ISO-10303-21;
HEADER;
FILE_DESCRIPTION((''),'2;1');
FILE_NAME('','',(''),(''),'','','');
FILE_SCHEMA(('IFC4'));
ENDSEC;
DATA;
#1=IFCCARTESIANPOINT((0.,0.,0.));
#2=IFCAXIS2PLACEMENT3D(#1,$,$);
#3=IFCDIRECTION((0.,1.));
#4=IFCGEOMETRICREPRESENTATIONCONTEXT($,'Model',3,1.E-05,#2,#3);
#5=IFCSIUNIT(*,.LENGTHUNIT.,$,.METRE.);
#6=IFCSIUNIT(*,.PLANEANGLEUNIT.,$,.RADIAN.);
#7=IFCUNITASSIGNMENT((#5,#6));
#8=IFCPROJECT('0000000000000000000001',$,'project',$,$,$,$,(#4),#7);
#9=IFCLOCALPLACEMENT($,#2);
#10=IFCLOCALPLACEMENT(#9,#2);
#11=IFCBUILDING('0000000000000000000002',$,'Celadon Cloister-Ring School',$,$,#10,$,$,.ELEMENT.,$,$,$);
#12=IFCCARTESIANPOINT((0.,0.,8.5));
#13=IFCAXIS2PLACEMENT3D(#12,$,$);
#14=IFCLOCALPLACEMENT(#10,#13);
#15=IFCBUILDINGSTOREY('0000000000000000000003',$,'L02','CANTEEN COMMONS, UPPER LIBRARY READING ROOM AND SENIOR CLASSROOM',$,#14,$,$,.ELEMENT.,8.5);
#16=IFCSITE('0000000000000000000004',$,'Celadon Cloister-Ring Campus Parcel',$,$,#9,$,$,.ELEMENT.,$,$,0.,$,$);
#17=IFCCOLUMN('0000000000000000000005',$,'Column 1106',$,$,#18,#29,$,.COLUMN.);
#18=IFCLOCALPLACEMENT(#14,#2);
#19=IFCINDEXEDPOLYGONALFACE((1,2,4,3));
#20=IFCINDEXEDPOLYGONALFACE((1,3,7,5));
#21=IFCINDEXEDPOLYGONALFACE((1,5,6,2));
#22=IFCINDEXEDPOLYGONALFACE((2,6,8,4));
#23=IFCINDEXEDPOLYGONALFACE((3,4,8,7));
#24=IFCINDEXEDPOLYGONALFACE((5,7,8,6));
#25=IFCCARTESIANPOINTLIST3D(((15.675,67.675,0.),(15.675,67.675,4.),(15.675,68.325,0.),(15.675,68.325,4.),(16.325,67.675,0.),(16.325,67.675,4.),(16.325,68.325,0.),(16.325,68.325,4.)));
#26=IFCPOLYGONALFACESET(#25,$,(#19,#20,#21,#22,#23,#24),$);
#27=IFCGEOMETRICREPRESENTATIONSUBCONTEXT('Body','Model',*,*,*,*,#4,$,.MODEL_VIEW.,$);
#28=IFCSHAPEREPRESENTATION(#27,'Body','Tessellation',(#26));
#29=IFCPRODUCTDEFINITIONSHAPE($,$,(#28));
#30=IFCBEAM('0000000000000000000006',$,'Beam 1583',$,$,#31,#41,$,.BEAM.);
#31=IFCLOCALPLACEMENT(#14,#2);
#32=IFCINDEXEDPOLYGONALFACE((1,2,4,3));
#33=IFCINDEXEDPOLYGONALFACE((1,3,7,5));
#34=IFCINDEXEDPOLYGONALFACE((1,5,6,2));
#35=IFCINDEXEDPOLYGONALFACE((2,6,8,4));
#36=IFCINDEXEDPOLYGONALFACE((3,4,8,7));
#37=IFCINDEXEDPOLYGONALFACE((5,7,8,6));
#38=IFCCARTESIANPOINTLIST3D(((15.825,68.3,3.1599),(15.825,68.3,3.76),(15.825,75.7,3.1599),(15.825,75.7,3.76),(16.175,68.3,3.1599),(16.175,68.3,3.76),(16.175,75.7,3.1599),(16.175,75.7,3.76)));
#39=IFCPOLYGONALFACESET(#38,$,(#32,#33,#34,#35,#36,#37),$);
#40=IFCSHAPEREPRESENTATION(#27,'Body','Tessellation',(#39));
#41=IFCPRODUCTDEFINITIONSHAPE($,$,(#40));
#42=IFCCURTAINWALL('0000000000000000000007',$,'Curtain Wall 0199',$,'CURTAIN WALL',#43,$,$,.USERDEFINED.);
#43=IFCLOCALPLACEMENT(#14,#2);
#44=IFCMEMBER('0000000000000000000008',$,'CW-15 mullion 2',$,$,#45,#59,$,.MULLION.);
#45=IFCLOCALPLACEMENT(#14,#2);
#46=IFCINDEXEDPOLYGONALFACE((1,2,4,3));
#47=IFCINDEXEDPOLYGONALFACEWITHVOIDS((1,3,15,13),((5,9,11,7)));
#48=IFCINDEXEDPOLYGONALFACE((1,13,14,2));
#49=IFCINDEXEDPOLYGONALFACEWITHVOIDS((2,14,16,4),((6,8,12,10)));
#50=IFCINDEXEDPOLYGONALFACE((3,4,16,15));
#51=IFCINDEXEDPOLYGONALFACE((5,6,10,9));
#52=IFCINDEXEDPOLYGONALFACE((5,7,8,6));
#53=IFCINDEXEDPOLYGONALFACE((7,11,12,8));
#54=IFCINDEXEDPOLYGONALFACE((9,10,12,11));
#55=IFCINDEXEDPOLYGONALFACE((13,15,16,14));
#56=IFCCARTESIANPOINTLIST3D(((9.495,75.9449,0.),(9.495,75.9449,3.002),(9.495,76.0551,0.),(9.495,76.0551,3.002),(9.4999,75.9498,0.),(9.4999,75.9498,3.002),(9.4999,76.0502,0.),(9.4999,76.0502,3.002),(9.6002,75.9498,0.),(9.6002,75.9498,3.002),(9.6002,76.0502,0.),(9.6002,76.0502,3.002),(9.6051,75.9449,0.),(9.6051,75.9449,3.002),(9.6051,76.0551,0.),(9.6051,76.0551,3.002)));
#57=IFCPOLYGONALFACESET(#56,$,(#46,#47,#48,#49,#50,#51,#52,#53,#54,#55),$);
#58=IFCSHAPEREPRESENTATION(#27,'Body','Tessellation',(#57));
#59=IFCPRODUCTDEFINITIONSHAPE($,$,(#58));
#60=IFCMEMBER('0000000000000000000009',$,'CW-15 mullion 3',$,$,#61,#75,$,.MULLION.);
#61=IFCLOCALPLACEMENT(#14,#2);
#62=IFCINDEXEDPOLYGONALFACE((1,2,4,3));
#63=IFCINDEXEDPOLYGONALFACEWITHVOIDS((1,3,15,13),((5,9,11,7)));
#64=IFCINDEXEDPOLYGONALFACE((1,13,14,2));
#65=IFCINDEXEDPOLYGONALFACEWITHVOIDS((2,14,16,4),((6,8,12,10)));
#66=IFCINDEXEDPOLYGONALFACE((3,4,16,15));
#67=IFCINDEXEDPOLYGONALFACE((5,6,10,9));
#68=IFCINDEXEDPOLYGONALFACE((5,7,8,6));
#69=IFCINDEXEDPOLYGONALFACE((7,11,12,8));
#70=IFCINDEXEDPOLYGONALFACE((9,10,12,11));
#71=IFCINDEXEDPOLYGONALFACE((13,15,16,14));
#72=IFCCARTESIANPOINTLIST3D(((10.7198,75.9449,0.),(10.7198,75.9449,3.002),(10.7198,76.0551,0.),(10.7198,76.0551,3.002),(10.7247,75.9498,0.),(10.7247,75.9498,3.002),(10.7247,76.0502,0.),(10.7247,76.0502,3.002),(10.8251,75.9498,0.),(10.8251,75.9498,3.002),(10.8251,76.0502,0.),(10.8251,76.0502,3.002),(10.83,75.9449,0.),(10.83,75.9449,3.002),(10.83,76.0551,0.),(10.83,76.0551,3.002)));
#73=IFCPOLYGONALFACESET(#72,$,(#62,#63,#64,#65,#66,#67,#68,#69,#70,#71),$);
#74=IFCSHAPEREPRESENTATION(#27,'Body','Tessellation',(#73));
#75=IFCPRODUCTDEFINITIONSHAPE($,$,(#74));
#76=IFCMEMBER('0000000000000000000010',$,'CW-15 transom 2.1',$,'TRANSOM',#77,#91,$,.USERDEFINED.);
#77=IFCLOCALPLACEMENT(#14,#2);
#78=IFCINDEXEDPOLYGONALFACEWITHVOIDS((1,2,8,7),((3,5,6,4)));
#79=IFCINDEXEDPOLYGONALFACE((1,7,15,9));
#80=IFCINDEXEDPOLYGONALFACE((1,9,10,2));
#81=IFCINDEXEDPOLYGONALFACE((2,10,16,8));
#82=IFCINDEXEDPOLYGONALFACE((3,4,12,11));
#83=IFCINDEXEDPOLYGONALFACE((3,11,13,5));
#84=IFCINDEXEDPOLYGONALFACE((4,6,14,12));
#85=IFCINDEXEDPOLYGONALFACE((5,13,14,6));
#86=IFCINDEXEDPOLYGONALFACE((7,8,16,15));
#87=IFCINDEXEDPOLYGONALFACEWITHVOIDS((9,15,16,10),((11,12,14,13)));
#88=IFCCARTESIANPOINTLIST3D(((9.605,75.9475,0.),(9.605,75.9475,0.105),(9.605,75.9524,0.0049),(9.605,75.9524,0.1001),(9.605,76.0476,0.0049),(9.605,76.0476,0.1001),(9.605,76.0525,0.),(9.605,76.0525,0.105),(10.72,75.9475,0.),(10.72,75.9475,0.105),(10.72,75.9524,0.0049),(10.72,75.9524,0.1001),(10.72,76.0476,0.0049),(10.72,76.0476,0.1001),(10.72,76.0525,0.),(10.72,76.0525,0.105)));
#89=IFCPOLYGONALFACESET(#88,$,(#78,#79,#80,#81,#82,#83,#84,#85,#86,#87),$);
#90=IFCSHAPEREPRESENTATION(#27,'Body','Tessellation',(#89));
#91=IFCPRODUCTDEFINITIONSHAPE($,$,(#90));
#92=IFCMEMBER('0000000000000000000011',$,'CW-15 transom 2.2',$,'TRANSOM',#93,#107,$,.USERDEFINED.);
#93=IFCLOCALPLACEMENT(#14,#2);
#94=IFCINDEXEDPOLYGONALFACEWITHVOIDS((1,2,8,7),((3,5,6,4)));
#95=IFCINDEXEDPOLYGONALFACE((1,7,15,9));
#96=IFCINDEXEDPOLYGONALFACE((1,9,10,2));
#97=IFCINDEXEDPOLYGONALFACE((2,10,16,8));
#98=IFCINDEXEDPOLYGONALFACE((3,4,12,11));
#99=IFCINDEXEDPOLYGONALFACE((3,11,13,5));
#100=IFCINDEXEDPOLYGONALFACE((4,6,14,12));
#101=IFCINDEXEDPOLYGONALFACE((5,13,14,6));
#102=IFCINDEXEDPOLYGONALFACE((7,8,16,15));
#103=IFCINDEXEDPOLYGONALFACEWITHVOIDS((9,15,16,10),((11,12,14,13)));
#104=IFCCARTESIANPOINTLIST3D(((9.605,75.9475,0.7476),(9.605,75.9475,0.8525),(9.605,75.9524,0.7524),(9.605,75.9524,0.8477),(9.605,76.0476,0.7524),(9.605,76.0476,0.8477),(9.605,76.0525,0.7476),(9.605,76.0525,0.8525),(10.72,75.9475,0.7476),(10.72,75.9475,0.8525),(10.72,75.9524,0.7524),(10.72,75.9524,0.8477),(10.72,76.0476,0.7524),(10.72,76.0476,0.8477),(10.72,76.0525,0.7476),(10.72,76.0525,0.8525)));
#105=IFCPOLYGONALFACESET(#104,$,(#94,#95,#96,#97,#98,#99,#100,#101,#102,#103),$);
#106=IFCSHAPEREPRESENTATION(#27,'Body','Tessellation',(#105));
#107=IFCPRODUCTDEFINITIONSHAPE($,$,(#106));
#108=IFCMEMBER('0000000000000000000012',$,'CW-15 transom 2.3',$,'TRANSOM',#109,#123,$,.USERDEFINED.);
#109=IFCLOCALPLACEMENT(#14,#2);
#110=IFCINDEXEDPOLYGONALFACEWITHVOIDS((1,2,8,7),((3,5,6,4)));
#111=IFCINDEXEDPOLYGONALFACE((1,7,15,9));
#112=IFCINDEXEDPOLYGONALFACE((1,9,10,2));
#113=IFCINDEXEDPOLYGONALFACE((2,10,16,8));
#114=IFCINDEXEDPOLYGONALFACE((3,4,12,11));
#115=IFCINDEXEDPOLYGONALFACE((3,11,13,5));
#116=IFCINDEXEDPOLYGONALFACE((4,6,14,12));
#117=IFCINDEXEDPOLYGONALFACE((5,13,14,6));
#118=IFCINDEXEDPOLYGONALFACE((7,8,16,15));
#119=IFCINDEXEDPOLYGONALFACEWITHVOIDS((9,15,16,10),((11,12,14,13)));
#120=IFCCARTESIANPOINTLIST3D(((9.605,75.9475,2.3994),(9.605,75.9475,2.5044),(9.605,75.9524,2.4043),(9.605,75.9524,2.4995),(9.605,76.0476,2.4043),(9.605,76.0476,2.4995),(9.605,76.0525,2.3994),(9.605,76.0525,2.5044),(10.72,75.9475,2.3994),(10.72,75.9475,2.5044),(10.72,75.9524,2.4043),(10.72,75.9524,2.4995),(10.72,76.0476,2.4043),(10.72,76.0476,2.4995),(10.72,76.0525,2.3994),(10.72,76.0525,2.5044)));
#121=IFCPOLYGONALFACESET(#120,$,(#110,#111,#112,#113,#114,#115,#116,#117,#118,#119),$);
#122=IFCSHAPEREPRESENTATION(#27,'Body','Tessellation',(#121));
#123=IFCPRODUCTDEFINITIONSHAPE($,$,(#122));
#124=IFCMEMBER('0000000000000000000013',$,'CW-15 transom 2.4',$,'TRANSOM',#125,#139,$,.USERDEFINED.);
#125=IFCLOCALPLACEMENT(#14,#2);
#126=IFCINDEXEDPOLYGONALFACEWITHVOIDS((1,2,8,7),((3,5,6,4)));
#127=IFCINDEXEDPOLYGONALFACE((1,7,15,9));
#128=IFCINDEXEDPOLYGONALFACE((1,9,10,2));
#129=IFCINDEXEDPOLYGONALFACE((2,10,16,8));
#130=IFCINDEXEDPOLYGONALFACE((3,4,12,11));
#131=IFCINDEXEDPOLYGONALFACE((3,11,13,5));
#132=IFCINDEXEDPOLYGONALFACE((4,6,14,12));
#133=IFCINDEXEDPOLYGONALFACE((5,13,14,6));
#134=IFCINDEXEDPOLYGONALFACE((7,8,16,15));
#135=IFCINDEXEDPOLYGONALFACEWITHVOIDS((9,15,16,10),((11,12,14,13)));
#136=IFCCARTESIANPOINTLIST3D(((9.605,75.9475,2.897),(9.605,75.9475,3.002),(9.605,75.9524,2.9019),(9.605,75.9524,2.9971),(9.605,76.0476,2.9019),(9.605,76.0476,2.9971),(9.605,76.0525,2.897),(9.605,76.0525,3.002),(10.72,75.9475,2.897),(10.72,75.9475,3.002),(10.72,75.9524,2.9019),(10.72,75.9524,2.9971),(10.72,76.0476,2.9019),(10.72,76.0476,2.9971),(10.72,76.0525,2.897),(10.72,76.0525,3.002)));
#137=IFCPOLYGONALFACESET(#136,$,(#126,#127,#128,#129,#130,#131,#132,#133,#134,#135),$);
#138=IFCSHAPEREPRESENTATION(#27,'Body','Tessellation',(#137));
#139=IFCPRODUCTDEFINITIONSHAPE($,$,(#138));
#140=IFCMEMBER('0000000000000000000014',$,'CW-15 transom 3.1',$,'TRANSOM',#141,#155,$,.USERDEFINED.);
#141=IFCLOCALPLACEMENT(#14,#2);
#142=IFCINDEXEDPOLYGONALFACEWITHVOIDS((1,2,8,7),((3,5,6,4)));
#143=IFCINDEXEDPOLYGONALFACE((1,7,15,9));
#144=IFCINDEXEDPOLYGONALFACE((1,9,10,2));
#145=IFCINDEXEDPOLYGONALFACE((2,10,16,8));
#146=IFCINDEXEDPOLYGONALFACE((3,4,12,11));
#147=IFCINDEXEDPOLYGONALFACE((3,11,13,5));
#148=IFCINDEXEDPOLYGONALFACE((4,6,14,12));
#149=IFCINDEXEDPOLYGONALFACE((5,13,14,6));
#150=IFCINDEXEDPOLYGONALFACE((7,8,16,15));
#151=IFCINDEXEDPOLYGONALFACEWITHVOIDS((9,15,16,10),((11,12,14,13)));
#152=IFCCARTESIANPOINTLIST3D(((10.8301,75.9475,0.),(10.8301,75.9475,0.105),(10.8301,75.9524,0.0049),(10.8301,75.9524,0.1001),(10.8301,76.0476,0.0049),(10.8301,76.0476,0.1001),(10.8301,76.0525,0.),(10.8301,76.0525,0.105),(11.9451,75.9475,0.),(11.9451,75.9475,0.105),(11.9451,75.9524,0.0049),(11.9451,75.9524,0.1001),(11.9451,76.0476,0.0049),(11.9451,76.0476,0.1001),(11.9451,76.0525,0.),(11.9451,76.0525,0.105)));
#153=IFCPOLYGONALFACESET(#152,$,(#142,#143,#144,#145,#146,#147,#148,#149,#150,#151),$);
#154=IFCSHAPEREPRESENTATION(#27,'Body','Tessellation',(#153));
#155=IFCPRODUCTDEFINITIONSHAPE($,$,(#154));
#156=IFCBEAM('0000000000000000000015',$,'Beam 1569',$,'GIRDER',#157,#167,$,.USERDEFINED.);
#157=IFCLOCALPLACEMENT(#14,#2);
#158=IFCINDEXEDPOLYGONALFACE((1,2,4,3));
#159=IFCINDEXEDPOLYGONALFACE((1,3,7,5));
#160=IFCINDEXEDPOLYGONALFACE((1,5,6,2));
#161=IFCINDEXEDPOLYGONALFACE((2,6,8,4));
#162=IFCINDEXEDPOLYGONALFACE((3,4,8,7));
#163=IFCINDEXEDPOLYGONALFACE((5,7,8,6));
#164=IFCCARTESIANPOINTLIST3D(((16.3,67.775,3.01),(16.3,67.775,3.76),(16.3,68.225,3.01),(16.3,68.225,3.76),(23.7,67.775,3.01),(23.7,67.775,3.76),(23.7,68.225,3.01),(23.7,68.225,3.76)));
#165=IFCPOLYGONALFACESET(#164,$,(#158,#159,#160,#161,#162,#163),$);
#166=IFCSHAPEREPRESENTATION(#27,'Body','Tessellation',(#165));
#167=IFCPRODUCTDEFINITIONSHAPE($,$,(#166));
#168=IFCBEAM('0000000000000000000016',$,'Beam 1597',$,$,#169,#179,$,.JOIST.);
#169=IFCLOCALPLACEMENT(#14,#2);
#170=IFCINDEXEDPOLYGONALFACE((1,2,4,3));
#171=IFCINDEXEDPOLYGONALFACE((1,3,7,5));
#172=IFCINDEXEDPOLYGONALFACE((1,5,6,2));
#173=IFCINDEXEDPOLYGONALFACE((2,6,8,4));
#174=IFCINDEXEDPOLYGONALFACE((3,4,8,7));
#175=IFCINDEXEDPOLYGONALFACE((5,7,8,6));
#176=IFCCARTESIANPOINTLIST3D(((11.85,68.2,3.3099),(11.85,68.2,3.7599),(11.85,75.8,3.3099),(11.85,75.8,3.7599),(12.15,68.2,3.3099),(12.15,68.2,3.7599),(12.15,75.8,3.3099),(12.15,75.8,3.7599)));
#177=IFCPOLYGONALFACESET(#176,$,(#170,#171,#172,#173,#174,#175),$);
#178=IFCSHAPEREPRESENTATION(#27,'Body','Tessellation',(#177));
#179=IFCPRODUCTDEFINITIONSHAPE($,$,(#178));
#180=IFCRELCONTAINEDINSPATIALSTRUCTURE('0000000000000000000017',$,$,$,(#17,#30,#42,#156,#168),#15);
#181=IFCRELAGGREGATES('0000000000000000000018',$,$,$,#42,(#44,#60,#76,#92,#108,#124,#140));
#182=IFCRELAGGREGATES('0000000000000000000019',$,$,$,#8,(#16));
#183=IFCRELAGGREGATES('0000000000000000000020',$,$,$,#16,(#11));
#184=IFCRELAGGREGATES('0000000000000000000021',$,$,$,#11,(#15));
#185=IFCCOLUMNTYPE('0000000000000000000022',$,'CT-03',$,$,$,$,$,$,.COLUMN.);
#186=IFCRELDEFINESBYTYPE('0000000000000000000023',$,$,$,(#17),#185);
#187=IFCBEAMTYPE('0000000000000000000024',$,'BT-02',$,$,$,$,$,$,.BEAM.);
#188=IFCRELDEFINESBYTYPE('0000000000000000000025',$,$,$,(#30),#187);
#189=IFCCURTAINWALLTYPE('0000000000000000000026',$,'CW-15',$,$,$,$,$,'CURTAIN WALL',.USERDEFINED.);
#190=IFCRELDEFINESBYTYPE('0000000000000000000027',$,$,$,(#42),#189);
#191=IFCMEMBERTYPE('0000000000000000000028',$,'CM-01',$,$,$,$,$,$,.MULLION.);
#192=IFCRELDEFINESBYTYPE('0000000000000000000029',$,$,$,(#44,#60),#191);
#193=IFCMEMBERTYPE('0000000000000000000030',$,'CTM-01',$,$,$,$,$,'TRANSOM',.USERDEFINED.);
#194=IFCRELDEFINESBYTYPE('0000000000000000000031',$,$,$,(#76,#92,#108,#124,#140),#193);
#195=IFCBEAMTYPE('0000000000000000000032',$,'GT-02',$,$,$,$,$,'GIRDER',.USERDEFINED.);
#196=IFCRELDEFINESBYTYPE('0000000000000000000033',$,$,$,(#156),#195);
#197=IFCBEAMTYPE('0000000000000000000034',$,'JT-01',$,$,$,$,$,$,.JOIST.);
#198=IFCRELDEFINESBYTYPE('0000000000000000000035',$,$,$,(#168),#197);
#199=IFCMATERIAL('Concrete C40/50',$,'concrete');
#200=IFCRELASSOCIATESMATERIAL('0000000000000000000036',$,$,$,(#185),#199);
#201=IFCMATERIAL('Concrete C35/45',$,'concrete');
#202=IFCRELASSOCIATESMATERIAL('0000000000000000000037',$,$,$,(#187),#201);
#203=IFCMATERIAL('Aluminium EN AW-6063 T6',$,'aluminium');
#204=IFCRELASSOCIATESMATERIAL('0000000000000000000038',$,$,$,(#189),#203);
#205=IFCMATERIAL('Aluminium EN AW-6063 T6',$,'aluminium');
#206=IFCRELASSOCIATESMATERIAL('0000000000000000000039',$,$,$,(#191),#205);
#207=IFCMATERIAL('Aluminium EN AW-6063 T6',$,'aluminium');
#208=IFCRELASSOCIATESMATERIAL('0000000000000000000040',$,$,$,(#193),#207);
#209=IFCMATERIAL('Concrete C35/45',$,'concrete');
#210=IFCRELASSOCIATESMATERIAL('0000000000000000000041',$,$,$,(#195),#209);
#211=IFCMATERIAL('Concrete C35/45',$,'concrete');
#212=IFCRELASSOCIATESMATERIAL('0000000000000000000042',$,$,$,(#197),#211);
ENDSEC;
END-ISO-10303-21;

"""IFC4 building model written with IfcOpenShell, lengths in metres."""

from ifc_helpers import new_model, si_unit, direction, frame, origin, origin_2d, place, context, subcontext, project, spatial, rectangle, hollow_rectangle, extrude, material, material_profile, profile_set, type_object, element, aggregate, save


model = new_model("IFC4")

# Units and contexts
model_context = context("Model", 3, precision=1e-05, world=origin(), true_north=direction((0.0, 1.0)))
body_context = subcontext(model_context, "Body", "Model", "MODEL_VIEW")
ifc_project = project(units=[si_unit("LENGTHUNIT", "METRE"), si_unit("PLANEANGLEUNIT", "RADIAN")], contexts=[model_context])

# Site, building, storey
site_placement = place(None, origin())
site = spatial("IfcSite", under=ifc_project, at=site_placement, Name="Celadon Cloister-Ring Campus Parcel", CompositionType="ELEMENT", RefElevation=0.0)
building_placement = place(site_placement, origin())
building = spatial("IfcBuilding", under=site, at=building_placement, Name="Celadon Cloister-Ring School", CompositionType="ELEMENT")
storey_placement = place(building_placement, frame((0.0, 0.0, 8.5)))
storey = spatial("IfcBuildingStorey", under=building, at=storey_placement, Name="L02", Description="CANTEEN COMMONS, UPPER LIBRARY READING ROOM AND SENIOR CLASSROOM", CompositionType="ELEMENT", Elevation=8.5)

# Column
ifc_material_1 = material(Name="Concrete C40/50", Category="concrete")
ifc_material_profile_1 = material_profile(ifc_material_1, rectangle(XDim=0.6499, YDim=0.6499, at=origin_2d()), Name="RC650X650")
ifc_profile_set_1 = profile_set([ifc_material_profile_1], Name="Concrete C40/50")
column_type = type_object("IfcColumnType", Name="CT-03", PredefinedType="COLUMN", material=ifc_profile_set_1)
column_placement = place(storey_placement, frame((16.0, 68.0, 0.0), z_axis=(0.0, 0.0, 1.0), x_axis=(1.0, 0.0, 0.0)))
element("IfcColumn", 1, at=column_placement, inside=storey, type_object=column_type, Name="Column 1106", PredefinedType="COLUMN", context=body_context, shape_type="SweptSolid", body=[
    extrude(rectangle(XDim=0.6499, YDim=0.6499, at=origin_2d()), origin(), (0.0, 0.0, 1.0), 4.0),
])

# Beam
ifc_material_2 = material(Name="Concrete C35/45", Category="concrete")
ifc_material_profile_2 = material_profile(ifc_material_2, rectangle(XDim=0.3501, YDim=0.6001, at=origin_2d()), Name="RC350X600")
ifc_profile_set_2 = profile_set([ifc_material_profile_2], Name="Concrete C35/45")
beam_type_1 = type_object("IfcBeamType", Name="BT-02", PredefinedType="BEAM", material=ifc_profile_set_2)
beam_1_placement = place(storey_placement, frame((16.0, 68.3, 3.46), z_axis=(0.0, 1.0, 0.0), x_axis=(-1.0, 0.0, 0.0)))
element("IfcBeam", 2, at=beam_1_placement, inside=storey, type_object=beam_type_1, Name="Beam 1583", PredefinedType="BEAM", context=body_context, shape_type="SweptSolid", body=[
    extrude(rectangle(XDim=0.3501, YDim=0.6001, at=origin_2d()), origin(), (0.0, 0.0, 1.0), 7.3999),
])

# Curtain wall, members
ifc_material_3 = material(Name="Aluminium EN AW-6063 T6", Category="aluminium")
curtain_wall_type = type_object("IfcCurtainWallType", Name="CW-15", ElementType="CURTAIN WALL", PredefinedType="USERDEFINED", material=ifc_material_3)
curtain_wall_placement = place(storey_placement, origin())
curtain_wall = element("IfcCurtainWall", 3, at=curtain_wall_placement, inside=storey, type_object=curtain_wall_type, Name="Curtain Wall 0199", ObjectType="CURTAIN WALL", PredefinedType="USERDEFINED")
ifc_material_4 = material(Name="Aluminium EN AW-6063 T6", Category="aluminium")
ifc_material_profile_3 = material_profile(ifc_material_4, hollow_rectangle(XDim=0.1101, YDim=0.1101, WallThickness=0.0049, at=origin_2d()), Name="RHS110X110X5")
ifc_profile_set_3 = profile_set([ifc_material_profile_3], Name="Aluminium EN AW-6063 T6")
member_type_1 = type_object("IfcMemberType", Name="CM-01", PredefinedType="MULLION", material=ifc_profile_set_3)
member_1_placement = place(storey_placement, frame((9.55, 76.0, 0.0), z_axis=(0.0, 0.0, 1.0), x_axis=(0.0, 1.0, 0.0)))
member_1 = element("IfcMember", 4, at=member_1_placement, type_object=member_type_1, Name="CW-15 mullion 2", PredefinedType="MULLION", context=body_context, shape_type="SweptSolid", body=[
    extrude(hollow_rectangle(XDim=0.1101, YDim=0.1101, WallThickness=0.0049, at=origin_2d()), origin(), (0.0, 0.0, 1.0), 3.002),
])
member_2_placement = place(storey_placement, frame((10.7749, 76.0, 0.0), z_axis=(0.0, 0.0, 1.0), x_axis=(0.0, 1.0, 0.0)))
member_2 = element("IfcMember", 5, at=member_2_placement, type_object=member_type_1, Name="CW-15 mullion 3", PredefinedType="MULLION", context=body_context, shape_type="SweptSolid", body=[
    extrude(hollow_rectangle(XDim=0.1101, YDim=0.1101, WallThickness=0.0049, at=origin_2d()), origin(), (0.0, 0.0, 1.0), 3.002),
])
ifc_material_5 = material(Name="Aluminium EN AW-6063 T6", Category="aluminium")
ifc_material_profile_4 = material_profile(ifc_material_5, hollow_rectangle(XDim=0.105, YDim=0.105, WallThickness=0.0049, at=origin_2d()), Name="RHS105X105X5")
ifc_profile_set_4 = profile_set([ifc_material_profile_4], Name="Aluminium EN AW-6063 T6")
member_type_2 = type_object("IfcMemberType", Name="CTM-01", ElementType="TRANSOM", PredefinedType="USERDEFINED", material=ifc_profile_set_4)
member_3_placement = place(storey_placement, frame((9.605, 76.0, 0.0525), z_axis=(1.0, 0.0, 0.0), x_axis=(0.0, 1.0, 0.0)))
member_3 = element("IfcMember", 6, at=member_3_placement, type_object=member_type_2, Name="CW-15 transom 2.1", ObjectType="TRANSOM", PredefinedType="USERDEFINED", context=body_context, shape_type="SweptSolid", body=[
    extrude(hollow_rectangle(XDim=0.105, YDim=0.105, WallThickness=0.0049, at=origin_2d()), origin(), (0.0, 0.0, 1.0), 1.115),
])
member_4_placement = place(storey_placement, frame((9.605, 76.0, 0.8), z_axis=(1.0, 0.0, 0.0), x_axis=(0.0, 1.0, 0.0)))
member_4 = element("IfcMember", 7, at=member_4_placement, type_object=member_type_2, Name="CW-15 transom 2.2", ObjectType="TRANSOM", PredefinedType="USERDEFINED", context=body_context, shape_type="SweptSolid", body=[
    extrude(hollow_rectangle(XDim=0.105, YDim=0.105, WallThickness=0.0049, at=origin_2d()), origin(), (0.0, 0.0, 1.0), 1.115),
])
member_5_placement = place(storey_placement, frame((9.605, 76.0, 2.4519), z_axis=(1.0, 0.0, 0.0), x_axis=(0.0, 1.0, 0.0)))
member_5 = element("IfcMember", 8, at=member_5_placement, type_object=member_type_2, Name="CW-15 transom 2.3", ObjectType="TRANSOM", PredefinedType="USERDEFINED", context=body_context, shape_type="SweptSolid", body=[
    extrude(hollow_rectangle(XDim=0.105, YDim=0.105, WallThickness=0.0049, at=origin_2d()), origin(), (0.0, 0.0, 1.0), 1.115),
])
member_6_placement = place(storey_placement, frame((9.605, 76.0, 2.9495), z_axis=(1.0, 0.0, 0.0), x_axis=(0.0, 1.0, 0.0)))
member_6 = element("IfcMember", 9, at=member_6_placement, type_object=member_type_2, Name="CW-15 transom 2.4", ObjectType="TRANSOM", PredefinedType="USERDEFINED", context=body_context, shape_type="SweptSolid", body=[
    extrude(hollow_rectangle(XDim=0.105, YDim=0.105, WallThickness=0.0049, at=origin_2d()), origin(), (0.0, 0.0, 1.0), 1.115),
])
member_7_placement = place(storey_placement, frame((10.8301, 76.0, 0.0525), z_axis=(1.0, 0.0, 0.0), x_axis=(0.0, 1.0, 0.0)))
member_7 = element("IfcMember", 10, at=member_7_placement, type_object=member_type_2, Name="CW-15 transom 3.1", ObjectType="TRANSOM", PredefinedType="USERDEFINED", context=body_context, shape_type="SweptSolid", body=[
    extrude(hollow_rectangle(XDim=0.105, YDim=0.105, WallThickness=0.0049, at=origin_2d()), origin(), (0.0, 0.0, 1.0), 1.115),
])

# Beams
ifc_material_6 = material(Name="Concrete C35/45", Category="concrete")
ifc_material_profile_5 = material_profile(ifc_material_6, rectangle(XDim=0.45, YDim=0.75, at=origin_2d()), Name="RC450X750")
ifc_profile_set_5 = profile_set([ifc_material_profile_5], Name="Concrete C35/45")
beam_type_2 = type_object("IfcBeamType", Name="GT-02", ElementType="GIRDER", PredefinedType="USERDEFINED", material=ifc_profile_set_5)
beam_2_placement = place(storey_placement, frame((16.3, 68.0, 3.385), z_axis=(1.0, 0.0, 0.0), x_axis=(0.0, 1.0, 0.0)))
element("IfcBeam", 11, at=beam_2_placement, inside=storey, type_object=beam_type_2, Name="Beam 1569", ObjectType="GIRDER", PredefinedType="USERDEFINED", context=body_context, shape_type="SweptSolid", body=[
    extrude(rectangle(XDim=0.45, YDim=0.75, at=origin_2d()), origin(), (0.0, 0.0, 1.0), 7.3999),
])
ifc_material_7 = material(Name="Concrete C35/45", Category="concrete")
ifc_material_profile_6 = material_profile(ifc_material_7, rectangle(XDim=0.3, YDim=0.45, at=origin_2d()), Name="RC300X450")
ifc_profile_set_6 = profile_set([ifc_material_profile_6], Name="Concrete C35/45")
beam_type_3 = type_object("IfcBeamType", Name="JT-01", PredefinedType="JOIST", material=ifc_profile_set_6)
for number, where, z_axis, x_axis, name in (
    (12, (12.0, 68.2, 3.5349), (0.0, 1.0, 0.0), (-1.0, 0.0, 0.0), "Beam 1597"),
):
    element("IfcBeam", number, at=place(storey_placement, frame(where, z_axis=z_axis, x_axis=x_axis)), inside=storey, type_object=beam_type_3, Name=name, PredefinedType="JOIST", context=body_context, shape_type="SweptSolid", body=[
        extrude(rectangle(XDim=0.3, YDim=0.45, at=origin_2d()), origin(), (0.0, 0.0, 1.0), 7.6001),
    ])

aggregate(curtain_wall, [member_1, member_2, member_3, member_4, member_5, member_6, member_7])

save(model, "model.ifc")
